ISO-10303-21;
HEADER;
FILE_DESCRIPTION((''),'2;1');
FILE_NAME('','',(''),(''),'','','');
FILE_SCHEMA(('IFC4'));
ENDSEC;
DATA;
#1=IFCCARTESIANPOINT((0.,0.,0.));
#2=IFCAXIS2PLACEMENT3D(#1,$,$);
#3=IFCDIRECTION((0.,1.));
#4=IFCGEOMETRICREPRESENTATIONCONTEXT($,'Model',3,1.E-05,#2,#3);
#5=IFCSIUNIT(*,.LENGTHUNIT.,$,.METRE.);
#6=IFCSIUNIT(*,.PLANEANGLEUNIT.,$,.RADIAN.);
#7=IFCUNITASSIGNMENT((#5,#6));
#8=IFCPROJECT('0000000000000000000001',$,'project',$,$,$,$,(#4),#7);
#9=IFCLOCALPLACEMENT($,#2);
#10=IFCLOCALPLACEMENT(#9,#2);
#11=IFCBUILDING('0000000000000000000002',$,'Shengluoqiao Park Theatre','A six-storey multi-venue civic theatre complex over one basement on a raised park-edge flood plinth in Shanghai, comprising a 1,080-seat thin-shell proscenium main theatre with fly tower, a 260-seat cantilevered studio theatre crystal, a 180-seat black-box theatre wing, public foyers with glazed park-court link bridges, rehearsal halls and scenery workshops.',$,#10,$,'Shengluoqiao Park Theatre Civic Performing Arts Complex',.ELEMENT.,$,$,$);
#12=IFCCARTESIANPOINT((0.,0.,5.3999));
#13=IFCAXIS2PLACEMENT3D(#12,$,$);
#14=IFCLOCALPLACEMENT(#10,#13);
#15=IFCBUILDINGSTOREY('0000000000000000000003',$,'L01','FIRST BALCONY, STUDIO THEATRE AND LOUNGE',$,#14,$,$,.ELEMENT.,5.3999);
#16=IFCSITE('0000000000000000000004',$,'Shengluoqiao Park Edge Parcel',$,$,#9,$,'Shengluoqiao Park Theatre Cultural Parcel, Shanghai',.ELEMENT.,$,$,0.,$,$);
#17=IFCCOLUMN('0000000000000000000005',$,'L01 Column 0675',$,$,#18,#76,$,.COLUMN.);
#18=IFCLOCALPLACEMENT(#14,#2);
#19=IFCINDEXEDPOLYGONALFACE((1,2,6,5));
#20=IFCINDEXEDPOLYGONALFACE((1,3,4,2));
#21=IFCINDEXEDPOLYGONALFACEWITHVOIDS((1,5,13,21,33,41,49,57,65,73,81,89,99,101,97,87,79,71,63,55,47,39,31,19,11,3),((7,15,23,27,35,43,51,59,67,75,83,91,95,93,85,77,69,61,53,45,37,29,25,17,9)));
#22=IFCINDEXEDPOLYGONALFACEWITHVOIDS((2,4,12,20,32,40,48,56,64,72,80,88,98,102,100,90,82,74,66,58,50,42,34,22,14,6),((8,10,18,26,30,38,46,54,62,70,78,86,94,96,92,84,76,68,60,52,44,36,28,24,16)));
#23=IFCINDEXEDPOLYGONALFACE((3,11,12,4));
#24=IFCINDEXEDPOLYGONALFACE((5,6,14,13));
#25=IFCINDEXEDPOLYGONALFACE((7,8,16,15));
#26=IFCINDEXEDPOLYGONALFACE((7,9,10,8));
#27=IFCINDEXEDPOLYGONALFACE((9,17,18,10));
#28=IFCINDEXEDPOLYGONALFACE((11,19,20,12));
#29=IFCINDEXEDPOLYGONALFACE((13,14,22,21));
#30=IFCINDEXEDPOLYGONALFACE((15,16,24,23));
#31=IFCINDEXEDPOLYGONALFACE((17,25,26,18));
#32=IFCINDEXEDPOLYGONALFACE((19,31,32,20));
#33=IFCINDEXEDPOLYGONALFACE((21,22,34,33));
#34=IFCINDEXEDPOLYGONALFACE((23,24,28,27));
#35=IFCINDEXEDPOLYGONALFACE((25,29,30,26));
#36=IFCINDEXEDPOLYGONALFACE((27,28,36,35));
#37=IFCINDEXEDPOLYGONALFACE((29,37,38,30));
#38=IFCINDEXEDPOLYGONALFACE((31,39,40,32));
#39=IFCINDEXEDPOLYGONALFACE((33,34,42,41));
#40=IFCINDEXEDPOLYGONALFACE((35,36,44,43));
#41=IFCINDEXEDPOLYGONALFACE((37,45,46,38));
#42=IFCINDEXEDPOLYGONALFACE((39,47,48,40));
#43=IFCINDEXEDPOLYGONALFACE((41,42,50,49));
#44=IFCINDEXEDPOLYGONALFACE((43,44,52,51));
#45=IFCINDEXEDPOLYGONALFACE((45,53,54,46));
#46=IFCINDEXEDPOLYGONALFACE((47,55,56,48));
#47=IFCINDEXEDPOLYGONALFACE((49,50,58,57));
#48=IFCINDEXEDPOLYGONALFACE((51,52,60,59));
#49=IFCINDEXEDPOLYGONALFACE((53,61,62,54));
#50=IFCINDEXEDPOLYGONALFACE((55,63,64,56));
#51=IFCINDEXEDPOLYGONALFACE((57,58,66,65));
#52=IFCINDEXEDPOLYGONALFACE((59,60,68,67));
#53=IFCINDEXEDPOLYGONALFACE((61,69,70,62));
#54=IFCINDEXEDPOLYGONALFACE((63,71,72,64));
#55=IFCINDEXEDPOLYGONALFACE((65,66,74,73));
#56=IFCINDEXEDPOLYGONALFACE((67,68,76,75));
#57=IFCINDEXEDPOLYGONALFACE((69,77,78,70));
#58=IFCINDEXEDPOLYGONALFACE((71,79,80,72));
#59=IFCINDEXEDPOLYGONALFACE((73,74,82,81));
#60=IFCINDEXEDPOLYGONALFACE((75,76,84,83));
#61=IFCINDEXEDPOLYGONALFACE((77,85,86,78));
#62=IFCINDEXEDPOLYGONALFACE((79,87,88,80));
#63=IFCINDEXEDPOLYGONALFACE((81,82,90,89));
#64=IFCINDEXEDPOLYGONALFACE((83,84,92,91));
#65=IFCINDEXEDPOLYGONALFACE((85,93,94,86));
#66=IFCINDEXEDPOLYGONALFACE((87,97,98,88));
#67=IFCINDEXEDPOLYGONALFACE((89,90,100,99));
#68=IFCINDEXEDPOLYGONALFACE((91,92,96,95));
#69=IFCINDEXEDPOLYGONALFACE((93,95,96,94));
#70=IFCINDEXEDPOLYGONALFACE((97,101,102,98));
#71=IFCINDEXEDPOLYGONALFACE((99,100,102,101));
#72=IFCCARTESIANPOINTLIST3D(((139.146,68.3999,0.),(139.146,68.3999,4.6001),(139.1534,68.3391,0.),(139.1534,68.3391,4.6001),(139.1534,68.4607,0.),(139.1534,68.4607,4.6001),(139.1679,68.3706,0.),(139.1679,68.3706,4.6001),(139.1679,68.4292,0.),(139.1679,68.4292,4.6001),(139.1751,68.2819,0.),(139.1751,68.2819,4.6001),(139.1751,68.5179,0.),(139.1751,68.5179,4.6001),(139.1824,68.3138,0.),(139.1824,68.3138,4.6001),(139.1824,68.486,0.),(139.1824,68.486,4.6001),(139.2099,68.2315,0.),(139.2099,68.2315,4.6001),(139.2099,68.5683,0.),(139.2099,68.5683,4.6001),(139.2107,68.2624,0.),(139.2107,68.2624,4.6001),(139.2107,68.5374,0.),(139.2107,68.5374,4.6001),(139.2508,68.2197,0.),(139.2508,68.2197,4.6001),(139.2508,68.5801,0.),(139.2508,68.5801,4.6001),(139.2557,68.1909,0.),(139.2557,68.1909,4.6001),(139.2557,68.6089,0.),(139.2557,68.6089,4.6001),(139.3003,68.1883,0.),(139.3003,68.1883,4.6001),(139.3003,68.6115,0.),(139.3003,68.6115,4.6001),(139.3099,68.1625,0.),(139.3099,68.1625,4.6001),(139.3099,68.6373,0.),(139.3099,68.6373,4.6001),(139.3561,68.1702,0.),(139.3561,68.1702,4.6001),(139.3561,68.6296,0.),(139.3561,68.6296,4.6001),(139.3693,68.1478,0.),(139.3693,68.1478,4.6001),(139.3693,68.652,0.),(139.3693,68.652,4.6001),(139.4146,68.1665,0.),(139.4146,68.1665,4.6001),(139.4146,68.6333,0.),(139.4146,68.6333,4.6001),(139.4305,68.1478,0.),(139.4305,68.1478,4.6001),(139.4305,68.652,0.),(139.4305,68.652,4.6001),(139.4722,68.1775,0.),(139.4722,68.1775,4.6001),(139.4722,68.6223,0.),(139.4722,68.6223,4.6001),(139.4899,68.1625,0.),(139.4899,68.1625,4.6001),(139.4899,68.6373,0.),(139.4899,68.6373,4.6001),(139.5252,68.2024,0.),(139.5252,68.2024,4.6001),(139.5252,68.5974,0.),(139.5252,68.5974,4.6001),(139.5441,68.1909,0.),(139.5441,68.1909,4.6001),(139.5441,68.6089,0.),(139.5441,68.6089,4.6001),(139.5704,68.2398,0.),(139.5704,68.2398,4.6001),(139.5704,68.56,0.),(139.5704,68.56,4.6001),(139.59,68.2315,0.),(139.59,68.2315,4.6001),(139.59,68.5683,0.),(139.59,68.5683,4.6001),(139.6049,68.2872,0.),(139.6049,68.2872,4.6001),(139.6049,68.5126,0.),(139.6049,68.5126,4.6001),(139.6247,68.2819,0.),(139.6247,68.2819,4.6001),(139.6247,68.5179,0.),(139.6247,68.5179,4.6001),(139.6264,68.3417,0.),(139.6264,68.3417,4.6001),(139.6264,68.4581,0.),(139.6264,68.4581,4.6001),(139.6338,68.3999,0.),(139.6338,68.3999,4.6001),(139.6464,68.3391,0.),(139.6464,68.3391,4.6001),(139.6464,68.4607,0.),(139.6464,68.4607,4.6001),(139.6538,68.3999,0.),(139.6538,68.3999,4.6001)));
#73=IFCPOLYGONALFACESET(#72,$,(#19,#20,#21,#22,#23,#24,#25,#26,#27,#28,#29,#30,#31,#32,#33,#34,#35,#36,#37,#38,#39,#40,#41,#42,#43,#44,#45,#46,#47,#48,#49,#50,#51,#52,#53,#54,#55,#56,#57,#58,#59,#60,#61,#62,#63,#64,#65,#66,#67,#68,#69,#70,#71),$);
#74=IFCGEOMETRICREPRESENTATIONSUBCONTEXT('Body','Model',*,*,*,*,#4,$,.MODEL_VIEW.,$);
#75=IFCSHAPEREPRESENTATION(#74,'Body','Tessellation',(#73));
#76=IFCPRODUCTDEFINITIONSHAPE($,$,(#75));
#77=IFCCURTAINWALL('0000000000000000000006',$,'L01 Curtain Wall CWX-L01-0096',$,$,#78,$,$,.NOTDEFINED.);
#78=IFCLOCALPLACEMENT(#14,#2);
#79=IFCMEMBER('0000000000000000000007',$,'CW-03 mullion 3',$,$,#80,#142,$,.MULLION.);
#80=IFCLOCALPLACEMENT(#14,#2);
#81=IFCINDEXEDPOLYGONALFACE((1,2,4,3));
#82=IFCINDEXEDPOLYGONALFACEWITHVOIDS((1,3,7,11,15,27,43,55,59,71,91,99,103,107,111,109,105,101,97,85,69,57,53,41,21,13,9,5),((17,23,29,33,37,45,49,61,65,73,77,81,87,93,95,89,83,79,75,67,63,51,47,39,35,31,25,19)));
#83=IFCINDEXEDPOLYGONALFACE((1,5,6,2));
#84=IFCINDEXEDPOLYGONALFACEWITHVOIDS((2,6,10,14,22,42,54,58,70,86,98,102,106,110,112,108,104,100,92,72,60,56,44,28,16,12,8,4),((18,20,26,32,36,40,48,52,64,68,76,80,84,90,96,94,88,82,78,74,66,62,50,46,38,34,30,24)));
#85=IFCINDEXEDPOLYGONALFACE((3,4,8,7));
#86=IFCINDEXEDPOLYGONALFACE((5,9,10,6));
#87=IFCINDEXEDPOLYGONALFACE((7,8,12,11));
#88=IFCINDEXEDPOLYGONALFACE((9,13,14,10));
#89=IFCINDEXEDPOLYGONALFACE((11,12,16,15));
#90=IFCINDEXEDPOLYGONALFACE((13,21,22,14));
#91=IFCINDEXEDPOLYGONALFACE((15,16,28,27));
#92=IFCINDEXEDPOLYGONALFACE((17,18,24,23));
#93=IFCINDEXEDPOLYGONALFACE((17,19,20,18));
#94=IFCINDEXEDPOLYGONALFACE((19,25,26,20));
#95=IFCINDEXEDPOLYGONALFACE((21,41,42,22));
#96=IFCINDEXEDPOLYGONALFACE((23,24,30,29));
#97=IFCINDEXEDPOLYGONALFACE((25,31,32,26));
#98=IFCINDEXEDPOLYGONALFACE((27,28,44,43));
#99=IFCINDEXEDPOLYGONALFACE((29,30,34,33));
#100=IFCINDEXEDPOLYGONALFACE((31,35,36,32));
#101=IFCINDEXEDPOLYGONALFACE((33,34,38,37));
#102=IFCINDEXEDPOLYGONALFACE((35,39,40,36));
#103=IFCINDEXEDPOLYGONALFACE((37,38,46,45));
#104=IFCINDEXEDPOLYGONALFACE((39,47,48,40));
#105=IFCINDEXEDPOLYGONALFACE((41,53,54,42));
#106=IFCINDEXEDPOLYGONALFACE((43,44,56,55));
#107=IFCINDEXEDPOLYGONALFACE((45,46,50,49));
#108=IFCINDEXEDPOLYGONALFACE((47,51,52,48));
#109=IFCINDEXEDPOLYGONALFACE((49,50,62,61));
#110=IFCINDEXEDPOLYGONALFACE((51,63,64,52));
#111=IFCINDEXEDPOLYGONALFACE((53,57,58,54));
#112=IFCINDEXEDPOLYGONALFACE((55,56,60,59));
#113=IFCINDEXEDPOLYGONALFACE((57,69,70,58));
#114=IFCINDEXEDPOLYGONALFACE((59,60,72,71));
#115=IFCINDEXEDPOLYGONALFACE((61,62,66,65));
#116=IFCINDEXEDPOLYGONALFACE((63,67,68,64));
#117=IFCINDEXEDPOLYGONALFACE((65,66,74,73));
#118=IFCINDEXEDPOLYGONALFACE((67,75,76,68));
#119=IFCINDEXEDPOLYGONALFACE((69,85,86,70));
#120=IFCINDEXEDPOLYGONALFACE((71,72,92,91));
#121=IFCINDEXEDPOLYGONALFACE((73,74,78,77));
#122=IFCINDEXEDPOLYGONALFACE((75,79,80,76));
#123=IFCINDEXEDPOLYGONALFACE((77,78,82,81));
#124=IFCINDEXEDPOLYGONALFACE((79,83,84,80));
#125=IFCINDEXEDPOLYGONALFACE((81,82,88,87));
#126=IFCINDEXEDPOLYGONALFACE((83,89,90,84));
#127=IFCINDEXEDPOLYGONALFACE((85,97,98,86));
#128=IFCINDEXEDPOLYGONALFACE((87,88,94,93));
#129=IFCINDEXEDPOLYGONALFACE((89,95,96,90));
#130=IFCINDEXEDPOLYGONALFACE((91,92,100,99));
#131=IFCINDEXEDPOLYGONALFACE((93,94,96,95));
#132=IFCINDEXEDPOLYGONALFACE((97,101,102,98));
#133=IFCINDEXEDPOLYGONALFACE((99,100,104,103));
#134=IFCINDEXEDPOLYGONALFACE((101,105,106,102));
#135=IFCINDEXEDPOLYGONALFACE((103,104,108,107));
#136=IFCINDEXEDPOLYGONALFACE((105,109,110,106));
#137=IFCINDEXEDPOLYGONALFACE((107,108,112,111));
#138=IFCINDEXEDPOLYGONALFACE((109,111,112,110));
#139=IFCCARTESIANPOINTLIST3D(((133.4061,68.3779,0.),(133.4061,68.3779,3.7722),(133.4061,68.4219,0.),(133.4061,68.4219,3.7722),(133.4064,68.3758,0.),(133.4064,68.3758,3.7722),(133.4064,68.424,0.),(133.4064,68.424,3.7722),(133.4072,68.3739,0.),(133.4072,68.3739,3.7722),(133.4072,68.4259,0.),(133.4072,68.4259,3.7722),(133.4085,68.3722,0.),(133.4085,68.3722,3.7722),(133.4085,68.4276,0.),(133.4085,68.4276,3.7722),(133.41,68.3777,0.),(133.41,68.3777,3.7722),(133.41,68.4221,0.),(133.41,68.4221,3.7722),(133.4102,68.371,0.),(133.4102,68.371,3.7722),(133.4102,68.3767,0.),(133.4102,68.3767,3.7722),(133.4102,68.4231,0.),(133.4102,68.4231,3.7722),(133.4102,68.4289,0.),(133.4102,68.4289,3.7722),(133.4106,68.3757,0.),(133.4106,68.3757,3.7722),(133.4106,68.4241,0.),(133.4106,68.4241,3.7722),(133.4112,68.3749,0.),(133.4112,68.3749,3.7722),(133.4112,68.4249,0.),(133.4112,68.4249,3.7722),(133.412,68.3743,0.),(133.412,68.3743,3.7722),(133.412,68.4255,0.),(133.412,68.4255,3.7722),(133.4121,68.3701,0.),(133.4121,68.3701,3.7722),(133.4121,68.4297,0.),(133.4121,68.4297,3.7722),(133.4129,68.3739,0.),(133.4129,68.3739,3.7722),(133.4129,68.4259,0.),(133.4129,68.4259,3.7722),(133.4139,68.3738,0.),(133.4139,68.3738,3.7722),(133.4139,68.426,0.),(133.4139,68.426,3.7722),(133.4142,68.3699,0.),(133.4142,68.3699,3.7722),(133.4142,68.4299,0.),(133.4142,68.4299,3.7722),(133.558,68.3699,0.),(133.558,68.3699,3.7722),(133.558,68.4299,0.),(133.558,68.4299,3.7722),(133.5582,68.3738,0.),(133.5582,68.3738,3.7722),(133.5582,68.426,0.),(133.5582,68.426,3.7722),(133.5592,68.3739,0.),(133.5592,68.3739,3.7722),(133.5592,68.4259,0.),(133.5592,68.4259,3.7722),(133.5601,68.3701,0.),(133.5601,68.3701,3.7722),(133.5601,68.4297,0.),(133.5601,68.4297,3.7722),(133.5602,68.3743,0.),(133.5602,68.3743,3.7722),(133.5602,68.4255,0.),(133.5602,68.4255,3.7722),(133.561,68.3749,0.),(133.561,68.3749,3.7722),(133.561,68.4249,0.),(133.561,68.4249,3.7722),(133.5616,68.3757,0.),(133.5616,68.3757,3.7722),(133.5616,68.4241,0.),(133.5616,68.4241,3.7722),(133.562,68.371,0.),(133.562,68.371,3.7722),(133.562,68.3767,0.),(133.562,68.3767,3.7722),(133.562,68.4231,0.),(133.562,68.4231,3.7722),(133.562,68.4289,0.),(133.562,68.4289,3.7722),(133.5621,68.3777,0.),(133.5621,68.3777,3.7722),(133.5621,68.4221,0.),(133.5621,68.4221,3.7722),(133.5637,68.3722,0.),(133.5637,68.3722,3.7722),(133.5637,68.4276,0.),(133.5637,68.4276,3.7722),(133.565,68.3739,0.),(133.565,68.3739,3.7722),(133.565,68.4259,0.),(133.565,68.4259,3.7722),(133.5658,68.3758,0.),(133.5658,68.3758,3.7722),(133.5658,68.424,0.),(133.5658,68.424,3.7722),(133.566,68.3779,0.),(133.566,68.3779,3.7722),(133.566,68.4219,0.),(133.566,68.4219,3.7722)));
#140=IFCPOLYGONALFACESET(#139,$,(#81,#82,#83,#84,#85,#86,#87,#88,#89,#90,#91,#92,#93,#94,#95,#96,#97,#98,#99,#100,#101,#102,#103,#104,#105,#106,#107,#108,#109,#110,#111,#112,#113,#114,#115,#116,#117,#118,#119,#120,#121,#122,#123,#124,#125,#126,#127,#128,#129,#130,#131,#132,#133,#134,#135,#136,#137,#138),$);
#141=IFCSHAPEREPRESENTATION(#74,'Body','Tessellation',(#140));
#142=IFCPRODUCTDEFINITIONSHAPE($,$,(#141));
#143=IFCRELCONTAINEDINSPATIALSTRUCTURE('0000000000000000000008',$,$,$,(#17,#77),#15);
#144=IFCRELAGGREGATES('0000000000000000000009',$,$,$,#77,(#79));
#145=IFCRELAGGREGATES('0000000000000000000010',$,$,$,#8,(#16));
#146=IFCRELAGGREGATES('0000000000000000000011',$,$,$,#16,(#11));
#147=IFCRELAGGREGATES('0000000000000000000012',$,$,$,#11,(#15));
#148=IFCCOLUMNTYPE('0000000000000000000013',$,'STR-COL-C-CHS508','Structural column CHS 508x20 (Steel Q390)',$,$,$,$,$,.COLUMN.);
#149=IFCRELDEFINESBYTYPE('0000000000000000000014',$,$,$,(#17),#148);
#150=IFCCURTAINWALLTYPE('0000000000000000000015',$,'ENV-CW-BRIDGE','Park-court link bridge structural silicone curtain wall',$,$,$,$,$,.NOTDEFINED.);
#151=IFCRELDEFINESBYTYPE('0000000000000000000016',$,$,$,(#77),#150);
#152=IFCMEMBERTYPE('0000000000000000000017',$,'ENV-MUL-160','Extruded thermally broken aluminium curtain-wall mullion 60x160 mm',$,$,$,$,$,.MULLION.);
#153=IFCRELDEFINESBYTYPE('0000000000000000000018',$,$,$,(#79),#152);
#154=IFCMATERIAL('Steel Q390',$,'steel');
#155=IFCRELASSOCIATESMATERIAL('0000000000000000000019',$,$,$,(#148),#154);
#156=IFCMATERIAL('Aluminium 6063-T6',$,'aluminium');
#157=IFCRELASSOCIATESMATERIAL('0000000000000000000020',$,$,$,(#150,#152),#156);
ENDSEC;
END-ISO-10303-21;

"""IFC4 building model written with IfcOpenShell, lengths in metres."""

from ifc_helpers import new_model, si_unit, direction, frame, origin, origin_2d, place, context, subcontext, project, spatial, hollow_rectangle, hollow_circle, extrude, material, material_profile, profile_set, type_object, element, aggregate, save


model = new_model("IFC4")

# Units and contexts
model_context = context("Model", 3, precision=1e-05, world=origin(), true_north=direction((0.0, 1.0)))
body_context = subcontext(model_context, "Body", "Model", "MODEL_VIEW")
ifc_project = project(units=[si_unit("LENGTHUNIT", "METRE"), si_unit("PLANEANGLEUNIT", "RADIAN")], contexts=[model_context])

# Site, building, storey
site_placement = place(None, origin())
site = spatial("IfcSite", under=ifc_project, at=site_placement, Name="Shengluoqiao Park Edge Parcel", LongName="Shengluoqiao Park Theatre Cultural Parcel, Shanghai", CompositionType="ELEMENT", RefElevation=0.0)
building_placement = place(site_placement, origin())
building = spatial("IfcBuilding", under=site, at=building_placement, Name="Shengluoqiao Park Theatre", Description="A six-storey multi-venue civic theatre complex over one basement on a raised park-edge flood plinth in Shanghai, comprising a 1,080-seat thin-shell proscenium main theatre with fly tower, a 260-seat cantilevered studio theatre crystal, a 180-seat black-box theatre wing, public foyers with glazed park-court link bridges, rehearsal halls and scenery workshops.", LongName="Shengluoqiao Park Theatre Civic Performing Arts Complex", CompositionType="ELEMENT")
storey_placement = place(building_placement, frame((0.0, 0.0, 5.3999)))
storey = spatial("IfcBuildingStorey", under=building, at=storey_placement, Name="L01", Description="FIRST BALCONY, STUDIO THEATRE AND LOUNGE", CompositionType="ELEMENT", Elevation=5.3999)

# Column
ifc_material_1 = material(Name="Steel Q390", Category="steel")
ifc_material_profile_1 = material_profile(ifc_material_1, hollow_circle(Radius=0.2539, WallThickness=0.02, at=origin_2d()), Name="CHS 508x20")
ifc_profile_set_1 = profile_set([ifc_material_profile_1], Name="Steel Q390")
column_type = type_object("IfcColumnType", Name="STR-COL-C-CHS508", Description="Structural column CHS 508x20 (Steel Q390)", PredefinedType="COLUMN", material=ifc_profile_set_1)
column_placement = place(storey_placement, frame((139.3999, 68.3999, 0.0), z_axis=(0.0, 0.0, 1.0), x_axis=(1.0, 0.0, 0.0)))
element("IfcColumn", 1, at=column_placement, inside=storey, type_object=column_type, Name="L01 Column 0675", PredefinedType="COLUMN", context=body_context, shape_type="SweptSolid", body=[
    extrude(hollow_circle(Radius=0.2539, WallThickness=0.02, at=origin_2d()), origin(), (0.0, 0.0, 1.0), 4.6001),
])

# Curtain wall, member
ifc_material_2 = material(Name="Aluminium 6063-T6", Category="aluminium")
curtain_wall_type = type_object("IfcCurtainWallType", Name="ENV-CW-BRIDGE", Description="Park-court link bridge structural silicone curtain wall", PredefinedType="NOTDEFINED", material=ifc_material_2)
curtain_wall_placement = place(storey_placement, origin())
curtain_wall = element("IfcCurtainWall", 2, at=curtain_wall_placement, inside=storey, type_object=curtain_wall_type, Name="L01 Curtain Wall CWX-L01-0096", PredefinedType="NOTDEFINED")
ifc_material_profile_2 = material_profile(ifc_material_2, hollow_rectangle(XDim=0.0601, YDim=0.1599, WallThickness=0.0039, InnerFilletRadius=0.0039, OuterFilletRadius=0.0081, at=origin_2d()), Name="ALU MULLION 160x60x4")
ifc_profile_set_2 = profile_set([ifc_material_profile_2], Name="Aluminium 6063-T6")
member_type_1 = type_object("IfcMemberType", Name="ENV-MUL-160", Description="Extruded thermally broken aluminium curtain-wall mullion 60x160 mm", PredefinedType="MULLION", material=ifc_profile_set_2)
member_1_placement = place(storey_placement, frame((133.4861, 68.3999, 0.0), z_axis=(0.0, 0.0, 1.0), x_axis=(0.0, 1.0, 0.0)))
member_1 = element("IfcMember", 3, at=member_1_placement, type_object=member_type_1, Name="CW-03 mullion 3", PredefinedType="MULLION", context=body_context, shape_type="SweptSolid", body=[
    extrude(hollow_rectangle(XDim=0.0601, YDim=0.1599, WallThickness=0.0039, InnerFilletRadius=0.0039, OuterFilletRadius=0.0081, at=origin_2d()), origin(), (0.0, 0.0, 1.0), 3.7722),
])

aggregate(curtain_wall, [member_1])

save(model, "model.ifc")
